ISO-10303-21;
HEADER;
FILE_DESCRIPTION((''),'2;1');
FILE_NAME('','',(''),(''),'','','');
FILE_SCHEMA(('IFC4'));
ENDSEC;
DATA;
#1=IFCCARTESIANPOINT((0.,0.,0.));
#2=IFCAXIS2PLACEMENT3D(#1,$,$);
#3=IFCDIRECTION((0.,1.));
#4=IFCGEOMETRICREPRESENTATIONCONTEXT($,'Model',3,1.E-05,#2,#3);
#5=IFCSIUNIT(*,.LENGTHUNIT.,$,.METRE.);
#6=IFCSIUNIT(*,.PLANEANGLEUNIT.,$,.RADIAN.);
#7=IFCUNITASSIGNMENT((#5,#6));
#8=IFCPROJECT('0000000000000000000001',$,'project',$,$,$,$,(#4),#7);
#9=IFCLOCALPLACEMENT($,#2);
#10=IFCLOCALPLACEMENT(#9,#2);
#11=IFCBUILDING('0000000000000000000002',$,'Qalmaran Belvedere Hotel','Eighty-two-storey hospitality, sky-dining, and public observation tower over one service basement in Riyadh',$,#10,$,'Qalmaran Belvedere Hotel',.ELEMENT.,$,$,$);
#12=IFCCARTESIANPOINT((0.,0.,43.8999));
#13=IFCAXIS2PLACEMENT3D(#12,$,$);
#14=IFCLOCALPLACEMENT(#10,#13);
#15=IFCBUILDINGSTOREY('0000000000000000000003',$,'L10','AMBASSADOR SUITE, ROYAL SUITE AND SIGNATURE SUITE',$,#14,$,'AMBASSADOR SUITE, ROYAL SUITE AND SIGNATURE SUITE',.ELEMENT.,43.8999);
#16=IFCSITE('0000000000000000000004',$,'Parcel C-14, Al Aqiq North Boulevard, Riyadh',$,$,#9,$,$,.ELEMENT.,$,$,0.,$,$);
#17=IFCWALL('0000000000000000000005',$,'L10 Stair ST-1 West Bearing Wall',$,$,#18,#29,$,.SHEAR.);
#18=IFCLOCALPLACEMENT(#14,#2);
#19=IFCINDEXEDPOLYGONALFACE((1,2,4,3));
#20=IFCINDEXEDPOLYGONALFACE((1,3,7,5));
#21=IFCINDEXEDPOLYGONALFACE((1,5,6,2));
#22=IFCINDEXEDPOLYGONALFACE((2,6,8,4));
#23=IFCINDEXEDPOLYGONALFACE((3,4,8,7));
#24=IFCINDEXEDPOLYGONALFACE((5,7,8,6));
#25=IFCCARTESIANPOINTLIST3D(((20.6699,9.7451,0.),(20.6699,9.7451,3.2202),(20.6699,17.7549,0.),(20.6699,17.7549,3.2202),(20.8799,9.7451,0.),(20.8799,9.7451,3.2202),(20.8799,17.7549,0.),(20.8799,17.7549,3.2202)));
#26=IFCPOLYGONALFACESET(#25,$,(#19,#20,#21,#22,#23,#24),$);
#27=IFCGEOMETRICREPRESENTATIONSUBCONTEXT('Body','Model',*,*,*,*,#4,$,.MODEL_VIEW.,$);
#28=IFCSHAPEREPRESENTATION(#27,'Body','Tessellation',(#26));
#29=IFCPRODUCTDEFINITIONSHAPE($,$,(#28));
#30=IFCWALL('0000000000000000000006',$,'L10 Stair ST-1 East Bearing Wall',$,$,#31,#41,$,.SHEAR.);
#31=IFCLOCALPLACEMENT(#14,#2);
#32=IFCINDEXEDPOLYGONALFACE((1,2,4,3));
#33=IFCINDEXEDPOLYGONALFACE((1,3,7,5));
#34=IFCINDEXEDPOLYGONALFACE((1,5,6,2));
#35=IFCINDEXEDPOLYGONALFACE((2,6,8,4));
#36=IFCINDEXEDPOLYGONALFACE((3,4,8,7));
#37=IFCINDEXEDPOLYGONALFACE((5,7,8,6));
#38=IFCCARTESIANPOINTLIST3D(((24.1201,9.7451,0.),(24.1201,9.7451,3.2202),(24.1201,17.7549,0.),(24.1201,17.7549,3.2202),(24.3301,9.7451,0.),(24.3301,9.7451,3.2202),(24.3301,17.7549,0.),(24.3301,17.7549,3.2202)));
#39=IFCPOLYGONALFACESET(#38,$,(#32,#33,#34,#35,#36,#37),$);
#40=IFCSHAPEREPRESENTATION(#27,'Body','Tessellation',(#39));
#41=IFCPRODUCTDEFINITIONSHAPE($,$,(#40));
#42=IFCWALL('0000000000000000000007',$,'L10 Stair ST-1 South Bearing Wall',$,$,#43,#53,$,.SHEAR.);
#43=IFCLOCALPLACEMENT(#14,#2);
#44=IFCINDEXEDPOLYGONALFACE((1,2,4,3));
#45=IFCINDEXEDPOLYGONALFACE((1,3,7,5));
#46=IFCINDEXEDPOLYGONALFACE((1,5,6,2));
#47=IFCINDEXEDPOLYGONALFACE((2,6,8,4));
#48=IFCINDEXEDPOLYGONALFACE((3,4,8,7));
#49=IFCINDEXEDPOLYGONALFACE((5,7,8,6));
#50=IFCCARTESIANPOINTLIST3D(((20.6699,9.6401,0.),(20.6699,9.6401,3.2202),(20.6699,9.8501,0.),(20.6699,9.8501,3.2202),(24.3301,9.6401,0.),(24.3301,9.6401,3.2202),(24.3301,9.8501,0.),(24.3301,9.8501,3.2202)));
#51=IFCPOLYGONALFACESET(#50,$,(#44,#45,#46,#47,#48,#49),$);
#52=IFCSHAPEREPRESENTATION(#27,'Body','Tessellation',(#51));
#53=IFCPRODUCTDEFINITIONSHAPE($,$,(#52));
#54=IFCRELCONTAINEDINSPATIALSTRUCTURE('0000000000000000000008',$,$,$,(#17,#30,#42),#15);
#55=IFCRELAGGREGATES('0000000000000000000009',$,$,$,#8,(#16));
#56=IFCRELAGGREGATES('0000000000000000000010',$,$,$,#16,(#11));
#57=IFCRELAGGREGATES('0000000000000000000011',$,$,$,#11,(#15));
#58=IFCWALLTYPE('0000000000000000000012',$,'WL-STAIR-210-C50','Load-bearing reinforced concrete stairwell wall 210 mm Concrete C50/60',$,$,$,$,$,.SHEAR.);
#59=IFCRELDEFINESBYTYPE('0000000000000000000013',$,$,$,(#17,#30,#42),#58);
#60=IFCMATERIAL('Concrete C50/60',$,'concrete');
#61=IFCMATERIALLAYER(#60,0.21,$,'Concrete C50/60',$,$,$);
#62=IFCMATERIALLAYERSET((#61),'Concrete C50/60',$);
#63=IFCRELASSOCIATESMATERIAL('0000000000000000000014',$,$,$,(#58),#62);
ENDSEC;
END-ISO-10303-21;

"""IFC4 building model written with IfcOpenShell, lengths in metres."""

from ifc_helpers import new_model, si_unit, direction, frame, frame_2d, origin, place, context, subcontext, project, spatial, rectangle, extrude, material, layer, layer_set, type_object, element, save


model = new_model("IFC4")

# Units and contexts
model_context = context("Model", 3, precision=1e-05, world=origin(), true_north=direction((0.0, 1.0)))
body_context = subcontext(model_context, "Body", "Model", "MODEL_VIEW")
ifc_project = project(units=[si_unit("LENGTHUNIT", "METRE"), si_unit("PLANEANGLEUNIT", "RADIAN")], contexts=[model_context])

# Site, building, storey
site_placement = place(None, origin())
site = spatial("IfcSite", under=ifc_project, at=site_placement, Name="Parcel C-14, Al Aqiq North Boulevard, Riyadh", CompositionType="ELEMENT", RefElevation=0.0)
building_placement = place(site_placement, origin())
building = spatial("IfcBuilding", under=site, at=building_placement, Name="Qalmaran Belvedere Hotel", Description="Eighty-two-storey hospitality, sky-dining, and public observation tower over one service basement in Riyadh", LongName="Qalmaran Belvedere Hotel", CompositionType="ELEMENT")
storey_placement = place(building_placement, frame((0.0, 0.0, 43.8999)))
storey = spatial("IfcBuildingStorey", under=building, at=storey_placement, Name="L10", Description="AMBASSADOR SUITE, ROYAL SUITE AND SIGNATURE SUITE", LongName="AMBASSADOR SUITE, ROYAL SUITE AND SIGNATURE SUITE", CompositionType="ELEMENT", Elevation=43.8999)

# Shared definitions
ifc_material_1 = material(Name="Concrete C50/60", Category="concrete")

# Walls
ifc_layer_1 = layer(ifc_material_1, 0.21, Name="Concrete C50/60")
ifc_layer_set_1 = layer_set([ifc_layer_1], Name="Concrete C50/60")
wall_type_1 = type_object("IfcWallType", Name="WL-STAIR-210-C50", Description="Load-bearing reinforced concrete stairwell wall 210 mm Concrete C50/60", PredefinedType="SHEAR", material=ifc_layer_set_1)
for number, where, z_axis, x_axis, name in (
    (1, (20.7749, 9.7451, 0.0), (0.0, 0.0, 1.0), (0.0, 1.0, 0.0), "L10 Stair ST-1 West Bearing Wall"),
    (2, (24.2251, 9.7451, 0.0), (0.0, 0.0, 1.0), (0.0, 1.0, 0.0), "L10 Stair ST-1 East Bearing Wall"),
):
    element("IfcWall", number, at=place(storey_placement, frame(where, z_axis=z_axis, x_axis=x_axis)), inside=storey, type_object=wall_type_1, Name=name, PredefinedType="SHEAR", context=body_context, shape_type="SweptSolid", body=[
        extrude(rectangle(XDim=8.0098, YDim=0.21, at=frame_2d((4.0049, 0.0))), origin(), (0.0, 0.0, 1.0), 3.2202),
    ])
wall_1_placement = place(storey_placement, frame((20.6699, 9.7451, 0.0), z_axis=(0.0, 0.0, 1.0), x_axis=(1.0, 0.0, 0.0)))
element("IfcWall", 3, at=wall_1_placement, inside=storey, type_object=wall_type_1, Name="L10 Stair ST-1 South Bearing Wall", PredefinedType="SHEAR", context=body_context, shape_type="SweptSolid", body=[
    extrude(rectangle(XDim=3.6602, YDim=0.21, at=frame_2d((1.8301, 0.0))), origin(), (0.0, 0.0, 1.0), 3.2202),
])

save(model, "model.ifc")
